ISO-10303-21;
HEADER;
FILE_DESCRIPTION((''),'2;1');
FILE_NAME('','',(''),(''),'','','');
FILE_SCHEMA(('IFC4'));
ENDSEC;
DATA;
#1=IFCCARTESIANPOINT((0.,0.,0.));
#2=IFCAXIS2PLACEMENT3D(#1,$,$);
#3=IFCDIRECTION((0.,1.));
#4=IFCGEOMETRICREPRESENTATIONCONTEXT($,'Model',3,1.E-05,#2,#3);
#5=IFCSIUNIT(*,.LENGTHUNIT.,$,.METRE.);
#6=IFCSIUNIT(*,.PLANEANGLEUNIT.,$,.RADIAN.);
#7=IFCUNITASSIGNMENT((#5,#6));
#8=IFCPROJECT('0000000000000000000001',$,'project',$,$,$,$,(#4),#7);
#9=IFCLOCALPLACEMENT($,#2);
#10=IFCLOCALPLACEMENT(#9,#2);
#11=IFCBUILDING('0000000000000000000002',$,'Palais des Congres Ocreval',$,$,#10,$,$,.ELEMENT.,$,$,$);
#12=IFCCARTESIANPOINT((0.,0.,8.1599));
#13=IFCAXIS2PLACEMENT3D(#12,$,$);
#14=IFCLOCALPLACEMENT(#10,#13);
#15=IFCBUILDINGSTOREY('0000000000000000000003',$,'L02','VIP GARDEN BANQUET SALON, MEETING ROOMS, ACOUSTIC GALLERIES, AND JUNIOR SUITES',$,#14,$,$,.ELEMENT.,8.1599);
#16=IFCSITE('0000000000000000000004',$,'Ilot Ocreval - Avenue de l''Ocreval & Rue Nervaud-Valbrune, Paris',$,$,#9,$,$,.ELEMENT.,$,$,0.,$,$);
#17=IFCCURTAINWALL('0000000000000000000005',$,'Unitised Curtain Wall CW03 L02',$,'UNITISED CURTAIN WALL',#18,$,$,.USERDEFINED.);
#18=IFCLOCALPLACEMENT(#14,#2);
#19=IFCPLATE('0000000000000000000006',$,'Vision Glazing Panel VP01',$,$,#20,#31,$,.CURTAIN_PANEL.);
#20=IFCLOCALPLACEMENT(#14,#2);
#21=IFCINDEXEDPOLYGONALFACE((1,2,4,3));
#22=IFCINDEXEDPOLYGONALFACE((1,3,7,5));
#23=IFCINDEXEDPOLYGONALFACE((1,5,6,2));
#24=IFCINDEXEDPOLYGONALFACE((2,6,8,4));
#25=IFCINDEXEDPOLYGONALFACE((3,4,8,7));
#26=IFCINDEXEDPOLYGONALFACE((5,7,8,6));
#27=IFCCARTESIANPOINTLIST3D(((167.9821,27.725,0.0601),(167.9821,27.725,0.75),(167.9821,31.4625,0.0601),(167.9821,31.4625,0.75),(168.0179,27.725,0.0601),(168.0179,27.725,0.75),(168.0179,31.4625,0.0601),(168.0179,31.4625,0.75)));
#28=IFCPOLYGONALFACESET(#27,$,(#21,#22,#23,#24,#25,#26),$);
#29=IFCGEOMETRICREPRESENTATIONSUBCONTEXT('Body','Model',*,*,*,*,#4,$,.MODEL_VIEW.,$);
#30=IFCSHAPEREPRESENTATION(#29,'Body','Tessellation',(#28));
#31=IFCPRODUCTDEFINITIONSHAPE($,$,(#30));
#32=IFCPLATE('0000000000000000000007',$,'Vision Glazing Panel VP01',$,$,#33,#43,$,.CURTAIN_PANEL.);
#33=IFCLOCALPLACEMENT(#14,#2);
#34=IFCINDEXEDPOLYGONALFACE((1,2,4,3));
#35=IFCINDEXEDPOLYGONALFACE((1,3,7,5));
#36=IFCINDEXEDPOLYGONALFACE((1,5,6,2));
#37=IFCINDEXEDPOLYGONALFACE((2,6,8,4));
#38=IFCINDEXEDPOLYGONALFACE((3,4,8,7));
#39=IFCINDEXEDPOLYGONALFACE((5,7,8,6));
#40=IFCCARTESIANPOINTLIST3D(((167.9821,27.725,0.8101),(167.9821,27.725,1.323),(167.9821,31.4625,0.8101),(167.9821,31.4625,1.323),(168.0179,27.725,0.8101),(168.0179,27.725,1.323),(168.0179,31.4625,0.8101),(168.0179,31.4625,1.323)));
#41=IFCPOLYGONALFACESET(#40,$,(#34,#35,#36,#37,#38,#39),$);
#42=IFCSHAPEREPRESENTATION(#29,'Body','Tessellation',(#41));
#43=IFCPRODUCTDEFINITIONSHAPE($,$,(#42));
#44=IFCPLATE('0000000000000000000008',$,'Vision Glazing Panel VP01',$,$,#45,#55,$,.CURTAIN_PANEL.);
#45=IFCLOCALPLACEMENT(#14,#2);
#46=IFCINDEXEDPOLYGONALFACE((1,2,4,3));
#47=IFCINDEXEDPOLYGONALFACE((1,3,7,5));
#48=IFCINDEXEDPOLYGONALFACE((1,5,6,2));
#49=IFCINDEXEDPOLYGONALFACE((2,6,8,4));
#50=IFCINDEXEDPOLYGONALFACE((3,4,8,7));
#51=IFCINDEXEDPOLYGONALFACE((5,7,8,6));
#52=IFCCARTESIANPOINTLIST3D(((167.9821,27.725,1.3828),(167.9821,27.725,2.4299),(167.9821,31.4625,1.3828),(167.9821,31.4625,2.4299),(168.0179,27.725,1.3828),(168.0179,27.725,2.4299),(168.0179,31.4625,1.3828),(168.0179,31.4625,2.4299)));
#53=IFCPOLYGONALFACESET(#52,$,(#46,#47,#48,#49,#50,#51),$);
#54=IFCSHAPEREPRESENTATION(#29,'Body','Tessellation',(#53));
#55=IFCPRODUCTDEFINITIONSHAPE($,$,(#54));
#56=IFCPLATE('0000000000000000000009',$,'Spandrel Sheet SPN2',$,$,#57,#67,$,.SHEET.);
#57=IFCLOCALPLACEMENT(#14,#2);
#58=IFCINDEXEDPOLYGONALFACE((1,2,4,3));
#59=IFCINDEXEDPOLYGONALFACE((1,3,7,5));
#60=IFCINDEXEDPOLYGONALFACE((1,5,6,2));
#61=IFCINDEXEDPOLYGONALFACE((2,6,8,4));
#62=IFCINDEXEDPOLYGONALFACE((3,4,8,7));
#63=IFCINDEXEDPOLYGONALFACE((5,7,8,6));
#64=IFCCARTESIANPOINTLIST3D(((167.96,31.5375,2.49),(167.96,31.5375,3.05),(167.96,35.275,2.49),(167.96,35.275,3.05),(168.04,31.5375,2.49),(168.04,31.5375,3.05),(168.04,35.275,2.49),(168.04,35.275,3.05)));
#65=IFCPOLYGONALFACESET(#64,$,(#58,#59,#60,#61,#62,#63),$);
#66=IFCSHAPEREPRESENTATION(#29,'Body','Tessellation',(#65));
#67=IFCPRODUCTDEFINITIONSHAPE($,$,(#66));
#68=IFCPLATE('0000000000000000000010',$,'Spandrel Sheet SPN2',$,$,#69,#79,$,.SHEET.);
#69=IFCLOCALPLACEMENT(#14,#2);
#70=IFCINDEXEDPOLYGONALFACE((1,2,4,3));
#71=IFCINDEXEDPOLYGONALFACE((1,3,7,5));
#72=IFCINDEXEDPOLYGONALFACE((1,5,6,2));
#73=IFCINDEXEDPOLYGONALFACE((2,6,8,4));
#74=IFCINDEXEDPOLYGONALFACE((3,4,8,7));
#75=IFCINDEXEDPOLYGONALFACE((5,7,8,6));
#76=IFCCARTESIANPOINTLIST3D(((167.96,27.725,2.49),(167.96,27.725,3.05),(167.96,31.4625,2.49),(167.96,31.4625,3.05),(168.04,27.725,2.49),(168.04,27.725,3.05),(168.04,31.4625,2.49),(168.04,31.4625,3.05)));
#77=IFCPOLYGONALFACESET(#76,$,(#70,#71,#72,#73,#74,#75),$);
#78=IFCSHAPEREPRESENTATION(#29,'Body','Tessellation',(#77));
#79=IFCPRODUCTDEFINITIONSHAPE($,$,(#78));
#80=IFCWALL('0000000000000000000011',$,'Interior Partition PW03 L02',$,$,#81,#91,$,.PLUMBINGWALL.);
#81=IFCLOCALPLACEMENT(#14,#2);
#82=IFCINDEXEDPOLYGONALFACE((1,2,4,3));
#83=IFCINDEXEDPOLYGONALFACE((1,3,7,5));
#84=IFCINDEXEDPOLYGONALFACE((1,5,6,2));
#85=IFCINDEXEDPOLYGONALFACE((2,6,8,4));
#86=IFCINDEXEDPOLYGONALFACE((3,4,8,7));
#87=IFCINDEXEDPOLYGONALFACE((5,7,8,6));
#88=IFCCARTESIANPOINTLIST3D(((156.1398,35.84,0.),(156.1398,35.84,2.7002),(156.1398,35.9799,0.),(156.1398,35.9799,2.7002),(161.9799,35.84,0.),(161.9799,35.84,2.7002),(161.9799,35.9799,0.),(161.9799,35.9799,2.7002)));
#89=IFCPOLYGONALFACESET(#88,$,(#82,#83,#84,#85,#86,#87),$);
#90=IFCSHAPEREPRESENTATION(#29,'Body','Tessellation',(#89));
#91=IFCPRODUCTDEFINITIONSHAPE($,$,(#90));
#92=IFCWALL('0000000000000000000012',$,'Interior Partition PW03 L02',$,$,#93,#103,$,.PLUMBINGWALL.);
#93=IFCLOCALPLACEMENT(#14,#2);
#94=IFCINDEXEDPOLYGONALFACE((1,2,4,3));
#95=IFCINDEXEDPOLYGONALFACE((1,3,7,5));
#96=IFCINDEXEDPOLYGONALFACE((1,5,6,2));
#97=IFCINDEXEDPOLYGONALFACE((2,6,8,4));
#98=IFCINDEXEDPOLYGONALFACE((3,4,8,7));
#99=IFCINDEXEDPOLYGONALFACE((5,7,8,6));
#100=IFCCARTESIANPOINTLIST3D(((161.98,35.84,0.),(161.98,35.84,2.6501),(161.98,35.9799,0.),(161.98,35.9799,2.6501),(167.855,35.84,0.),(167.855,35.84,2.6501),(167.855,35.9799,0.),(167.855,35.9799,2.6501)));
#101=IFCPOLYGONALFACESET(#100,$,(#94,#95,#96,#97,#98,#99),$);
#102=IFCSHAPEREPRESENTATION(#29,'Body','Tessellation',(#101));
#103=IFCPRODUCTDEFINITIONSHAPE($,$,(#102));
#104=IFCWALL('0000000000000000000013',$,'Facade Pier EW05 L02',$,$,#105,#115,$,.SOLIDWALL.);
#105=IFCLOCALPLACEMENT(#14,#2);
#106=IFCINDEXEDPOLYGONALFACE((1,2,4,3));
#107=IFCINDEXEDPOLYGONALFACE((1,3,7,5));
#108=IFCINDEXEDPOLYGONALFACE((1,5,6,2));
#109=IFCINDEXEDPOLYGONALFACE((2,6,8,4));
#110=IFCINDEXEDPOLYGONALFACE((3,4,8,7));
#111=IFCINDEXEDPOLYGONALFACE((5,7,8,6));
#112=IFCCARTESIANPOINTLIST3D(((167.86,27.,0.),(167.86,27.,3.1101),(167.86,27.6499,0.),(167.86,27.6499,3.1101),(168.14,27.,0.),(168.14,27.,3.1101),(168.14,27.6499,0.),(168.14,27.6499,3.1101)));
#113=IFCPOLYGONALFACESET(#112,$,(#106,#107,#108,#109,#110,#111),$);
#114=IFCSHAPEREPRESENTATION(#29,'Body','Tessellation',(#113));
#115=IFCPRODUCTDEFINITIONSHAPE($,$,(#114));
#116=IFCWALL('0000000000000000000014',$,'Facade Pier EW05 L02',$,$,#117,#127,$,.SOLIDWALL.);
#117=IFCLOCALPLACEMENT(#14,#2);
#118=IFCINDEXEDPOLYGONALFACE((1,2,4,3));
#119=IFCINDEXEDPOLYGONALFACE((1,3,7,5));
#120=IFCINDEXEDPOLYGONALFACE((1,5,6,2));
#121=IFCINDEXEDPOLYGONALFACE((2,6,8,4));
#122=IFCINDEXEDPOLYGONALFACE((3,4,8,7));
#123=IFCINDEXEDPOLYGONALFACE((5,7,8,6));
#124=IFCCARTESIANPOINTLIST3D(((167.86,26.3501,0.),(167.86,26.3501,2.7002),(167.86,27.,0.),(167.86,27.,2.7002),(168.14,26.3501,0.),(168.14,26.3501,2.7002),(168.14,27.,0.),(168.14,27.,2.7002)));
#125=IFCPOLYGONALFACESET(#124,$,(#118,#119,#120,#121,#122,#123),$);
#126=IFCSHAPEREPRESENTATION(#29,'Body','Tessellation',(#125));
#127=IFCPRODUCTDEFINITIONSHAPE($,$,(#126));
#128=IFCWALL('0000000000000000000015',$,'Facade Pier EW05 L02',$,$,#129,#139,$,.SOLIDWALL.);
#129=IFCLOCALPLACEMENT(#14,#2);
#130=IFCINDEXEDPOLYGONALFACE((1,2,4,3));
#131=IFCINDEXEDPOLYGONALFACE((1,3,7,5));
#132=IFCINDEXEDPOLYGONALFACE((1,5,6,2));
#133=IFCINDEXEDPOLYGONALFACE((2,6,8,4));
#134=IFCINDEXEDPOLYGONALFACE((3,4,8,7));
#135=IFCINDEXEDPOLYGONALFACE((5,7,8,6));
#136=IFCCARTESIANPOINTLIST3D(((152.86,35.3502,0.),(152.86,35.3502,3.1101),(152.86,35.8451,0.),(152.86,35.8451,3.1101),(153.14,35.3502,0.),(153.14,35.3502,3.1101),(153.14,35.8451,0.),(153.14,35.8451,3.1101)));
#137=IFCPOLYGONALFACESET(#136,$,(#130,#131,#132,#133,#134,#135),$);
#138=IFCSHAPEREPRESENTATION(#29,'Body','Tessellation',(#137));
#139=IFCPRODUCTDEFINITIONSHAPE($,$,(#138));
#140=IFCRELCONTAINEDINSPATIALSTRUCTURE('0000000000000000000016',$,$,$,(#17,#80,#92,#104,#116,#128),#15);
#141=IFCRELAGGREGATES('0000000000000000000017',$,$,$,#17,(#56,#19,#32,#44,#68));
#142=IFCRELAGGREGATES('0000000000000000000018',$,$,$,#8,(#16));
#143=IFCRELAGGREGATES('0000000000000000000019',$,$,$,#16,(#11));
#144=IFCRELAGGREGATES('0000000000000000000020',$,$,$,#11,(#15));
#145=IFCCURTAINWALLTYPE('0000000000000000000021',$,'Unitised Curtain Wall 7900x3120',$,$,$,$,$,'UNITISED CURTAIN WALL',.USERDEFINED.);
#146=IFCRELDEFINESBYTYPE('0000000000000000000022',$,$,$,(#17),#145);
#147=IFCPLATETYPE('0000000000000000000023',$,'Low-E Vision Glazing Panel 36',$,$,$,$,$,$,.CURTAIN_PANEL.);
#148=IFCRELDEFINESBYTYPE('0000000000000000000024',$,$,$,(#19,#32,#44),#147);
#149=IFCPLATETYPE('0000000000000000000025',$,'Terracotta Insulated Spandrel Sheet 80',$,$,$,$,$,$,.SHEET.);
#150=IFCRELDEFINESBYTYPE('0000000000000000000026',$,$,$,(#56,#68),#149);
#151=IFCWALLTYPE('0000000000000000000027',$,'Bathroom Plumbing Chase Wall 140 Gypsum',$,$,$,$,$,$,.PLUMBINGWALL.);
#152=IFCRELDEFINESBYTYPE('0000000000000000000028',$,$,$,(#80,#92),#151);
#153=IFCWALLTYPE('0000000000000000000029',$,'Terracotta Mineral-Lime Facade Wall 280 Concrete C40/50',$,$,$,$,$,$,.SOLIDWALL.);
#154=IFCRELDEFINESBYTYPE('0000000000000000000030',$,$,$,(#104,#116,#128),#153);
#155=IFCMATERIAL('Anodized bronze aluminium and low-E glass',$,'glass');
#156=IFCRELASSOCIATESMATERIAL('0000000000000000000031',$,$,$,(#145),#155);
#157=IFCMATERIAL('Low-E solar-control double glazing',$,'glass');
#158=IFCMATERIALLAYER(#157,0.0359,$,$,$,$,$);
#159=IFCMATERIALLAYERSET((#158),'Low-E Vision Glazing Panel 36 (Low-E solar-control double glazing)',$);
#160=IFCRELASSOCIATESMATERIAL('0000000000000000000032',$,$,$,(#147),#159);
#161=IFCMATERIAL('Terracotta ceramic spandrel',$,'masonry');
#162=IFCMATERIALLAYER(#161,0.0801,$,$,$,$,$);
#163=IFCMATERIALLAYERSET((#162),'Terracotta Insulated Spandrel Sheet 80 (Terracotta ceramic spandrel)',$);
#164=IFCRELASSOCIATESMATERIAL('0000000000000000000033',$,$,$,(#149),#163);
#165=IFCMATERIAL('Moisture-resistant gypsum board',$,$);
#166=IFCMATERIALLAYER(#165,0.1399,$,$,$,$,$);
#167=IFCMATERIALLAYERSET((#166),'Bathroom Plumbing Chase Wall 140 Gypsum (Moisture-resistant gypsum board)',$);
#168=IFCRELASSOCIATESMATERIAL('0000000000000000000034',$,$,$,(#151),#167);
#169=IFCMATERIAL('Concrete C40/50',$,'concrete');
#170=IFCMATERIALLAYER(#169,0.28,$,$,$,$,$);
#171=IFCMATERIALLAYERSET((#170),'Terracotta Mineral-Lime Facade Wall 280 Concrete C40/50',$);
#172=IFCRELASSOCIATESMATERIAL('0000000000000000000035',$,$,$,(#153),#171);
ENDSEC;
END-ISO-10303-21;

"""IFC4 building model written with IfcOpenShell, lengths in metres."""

from ifc_helpers import new_model, si_unit, direction, frame, frame_2d, origin, origin_2d, place, context, subcontext, project, spatial, rectangle, extrude, material, layer, layer_set, type_object, element, aggregate, save


model = new_model("IFC4")

# Units and contexts
model_context = context("Model", 3, precision=1e-05, world=origin(), true_north=direction((0.0, 1.0)))
body_context = subcontext(model_context, "Body", "Model", "MODEL_VIEW")
ifc_project = project(units=[si_unit("LENGTHUNIT", "METRE"), si_unit("PLANEANGLEUNIT", "RADIAN")], contexts=[model_context])

# Site, building, storey
site_placement = place(None, origin())
site = spatial("IfcSite", under=ifc_project, at=site_placement, Name="Ilot Ocreval - Avenue de l'Ocreval & Rue Nervaud-Valbrune, Paris", CompositionType="ELEMENT", RefElevation=0.0)
building_placement = place(site_placement, origin())
building = spatial("IfcBuilding", under=site, at=building_placement, Name="Palais des Congres Ocreval", CompositionType="ELEMENT")
storey_placement = place(building_placement, frame((0.0, 0.0, 8.1599)))
storey = spatial("IfcBuildingStorey", under=building, at=storey_placement, Name="L02", Description="VIP GARDEN BANQUET SALON, MEETING ROOMS, ACOUSTIC GALLERIES, AND JUNIOR SUITES", CompositionType="ELEMENT", Elevation=8.1599)

# Curtain wall
ifc_material_1 = material(Name="Anodized bronze aluminium and low-E glass", Category="glass")
curtain_wall_type = type_object("IfcCurtainWallType", Name="Unitised Curtain Wall 7900x3120", ElementType="UNITISED CURTAIN WALL", PredefinedType="USERDEFINED", material=ifc_material_1)
curtain_wall_1_placement = place(storey_placement, origin())
curtain_wall_1 = element("IfcCurtainWall", 1, at=curtain_wall_1_placement, inside=storey, type_object=curtain_wall_type, Name="Unitised Curtain Wall CW03 L02", ObjectType="UNITISED CURTAIN WALL", PredefinedType="USERDEFINED")

# Plates
ifc_material_2 = material(Name="Low-E solar-control double glazing", Category="glass")
ifc_layer_1 = layer(ifc_material_2, 0.0359)
ifc_layer_set_1 = layer_set([ifc_layer_1], Name="Low-E Vision Glazing Panel 36 (Low-E solar-control double glazing)")
plate_type_1 = type_object("IfcPlateType", Name="Low-E Vision Glazing Panel 36", PredefinedType="CURTAIN_PANEL", material=ifc_layer_set_1)
plate_1_placement = place(storey_placement, frame((168.0, 29.5938, 0.0601), z_axis=(0.0, 0.0, 1.0), x_axis=(0.0, -1.0, 0.0)))
plate_1 = element("IfcPlate", 2, at=plate_1_placement, type_object=plate_type_1, Name="Vision Glazing Panel VP01", PredefinedType="CURTAIN_PANEL", context=body_context, shape_type="SweptSolid", body=[
    extrude(rectangle(XDim=3.7375, YDim=0.0359, at=origin_2d()), origin(), (0.0, 0.0, 1.0), 0.6899),
])
plate_2_placement = place(storey_placement, frame((168.0, 29.5938, 0.8101), z_axis=(0.0, 0.0, 1.0), x_axis=(0.0, -1.0, 0.0)))
plate_2 = element("IfcPlate", 3, at=plate_2_placement, type_object=plate_type_1, Name="Vision Glazing Panel VP01", PredefinedType="CURTAIN_PANEL", context=body_context, shape_type="SweptSolid", body=[
    extrude(rectangle(XDim=3.7375, YDim=0.0359, at=origin_2d()), origin(), (0.0, 0.0, 1.0), 0.5129),
])
plate_3_placement = place(storey_placement, frame((168.0, 29.5938, 1.3828), z_axis=(0.0, 0.0, 1.0), x_axis=(0.0, -1.0, 0.0)))
plate_3 = element("IfcPlate", 4, at=plate_3_placement, type_object=plate_type_1, Name="Vision Glazing Panel VP01", PredefinedType="CURTAIN_PANEL", context=body_context, shape_type="SweptSolid", body=[
    extrude(rectangle(XDim=3.7375, YDim=0.0359, at=origin_2d()), origin(), (0.0, 0.0, 1.0), 1.0471),
])
ifc_material_3 = material(Name="Terracotta ceramic spandrel", Category="masonry")
ifc_layer_2 = layer(ifc_material_3, 0.0801)
ifc_layer_set_2 = layer_set([ifc_layer_2], Name="Terracotta Insulated Spandrel Sheet 80 (Terracotta ceramic spandrel)")
plate_type_2 = type_object("IfcPlateType", Name="Terracotta Insulated Spandrel Sheet 80", PredefinedType="SHEET", material=ifc_layer_set_2)
plate_4_placement = place(storey_placement, frame((168.0, 33.4062, 2.49), z_axis=(0.0, 0.0, 1.0), x_axis=(0.0, -1.0, 0.0)))
plate_4 = element("IfcPlate", 5, at=plate_4_placement, type_object=plate_type_2, Name="Spandrel Sheet SPN2", PredefinedType="SHEET", context=body_context, shape_type="SweptSolid", body=[
    extrude(rectangle(XDim=3.7375, YDim=0.0801, at=origin_2d()), origin(), (0.0, 0.0, 1.0), 0.5601),
])
plate_5_placement = place(storey_placement, frame((168.0, 29.5938, 2.49), z_axis=(0.0, 0.0, 1.0), x_axis=(0.0, -1.0, 0.0)))
plate_5 = element("IfcPlate", 6, at=plate_5_placement, type_object=plate_type_2, Name="Spandrel Sheet SPN2", PredefinedType="SHEET", context=body_context, shape_type="SweptSolid", body=[
    extrude(rectangle(XDim=3.7375, YDim=0.0801, at=origin_2d()), origin(), (0.0, 0.0, 1.0), 0.5601),
])
aggregate(curtain_wall_1, [plate_4, plate_1, plate_2, plate_3, plate_5])

# Walls
ifc_material_4 = material(Name="Moisture-resistant gypsum board")
ifc_layer_3 = layer(ifc_material_4, 0.1399)
ifc_layer_set_3 = layer_set([ifc_layer_3], Name="Bathroom Plumbing Chase Wall 140 Gypsum (Moisture-resistant gypsum board)")
wall_type_1 = type_object("IfcWallType", Name="Bathroom Plumbing Chase Wall 140 Gypsum", PredefinedType="PLUMBINGWALL", material=ifc_layer_set_3)
wall_1_placement = place(storey_placement, frame((156.1399, 35.9099, 0.0), z_axis=(0.0, 0.0, 1.0), x_axis=(1.0, 0.0, 0.0)))
element("IfcWall", 7, at=wall_1_placement, inside=storey, type_object=wall_type_1, Name="Interior Partition PW03 L02", PredefinedType="PLUMBINGWALL", context=body_context, shape_type="SweptSolid", body=[
    extrude(rectangle(XDim=5.8401, YDim=0.1399, at=frame_2d((2.9199, 0.0))), origin(), (0.0, 0.0, 1.0), 2.7002),
])
wall_2_placement = place(storey_placement, frame((161.98, 35.9099, 0.0), z_axis=(0.0, 0.0, 1.0), x_axis=(1.0, 0.0, 0.0)))
element("IfcWall", 8, at=wall_2_placement, inside=storey, type_object=wall_type_1, Name="Interior Partition PW03 L02", PredefinedType="PLUMBINGWALL", context=body_context, shape_type="SweptSolid", body=[
    extrude(rectangle(XDim=5.875, YDim=0.1399, at=frame_2d((2.9375, 0.0))), origin(), (0.0, 0.0, 1.0), 2.6501),
])
ifc_material_5 = material(Name="Concrete C40/50", Category="concrete")
ifc_layer_4 = layer(ifc_material_5, 0.28)
ifc_layer_set_4 = layer_set([ifc_layer_4], Name="Terracotta Mineral-Lime Facade Wall 280 Concrete C40/50")
wall_type_2 = type_object("IfcWallType", Name="Terracotta Mineral-Lime Facade Wall 280 Concrete C40/50", PredefinedType="SOLIDWALL", material=ifc_layer_set_4)
wall_3_placement = place(storey_placement, frame((168.0, 27.6499, 0.0), z_axis=(0.0, 0.0, 1.0), x_axis=(0.0, -1.0, 0.0)))
element("IfcWall", 9, at=wall_3_placement, inside=storey, type_object=wall_type_2, Name="Facade Pier EW05 L02", PredefinedType="SOLIDWALL", context=body_context, shape_type="SweptSolid", body=[
    extrude(rectangle(XDim=0.6499, YDim=0.28, at=frame_2d((0.325, 0.0))), origin(), (0.0, 0.0, 1.0), 3.1101),
])
wall_4_placement = place(storey_placement, frame((168.0, 27.0, 0.0), z_axis=(0.0, 0.0, 1.0), x_axis=(0.0, -1.0, 0.0)))
element("IfcWall", 10, at=wall_4_placement, inside=storey, type_object=wall_type_2, Name="Facade Pier EW05 L02", PredefinedType="SOLIDWALL", context=body_context, shape_type="SweptSolid", body=[
    extrude(rectangle(XDim=0.6499, YDim=0.28, at=frame_2d((0.325, 0.0))), origin(), (0.0, 0.0, 1.0), 2.7002),
])
wall_5_placement = place(storey_placement, frame((153.0, 35.3501, 0.0), z_axis=(0.0, 0.0, 1.0), x_axis=(0.0, 1.0, 0.0)))
element("IfcWall", 11, at=wall_5_placement, inside=storey, type_object=wall_type_2, Name="Facade Pier EW05 L02", PredefinedType="SOLIDWALL", context=body_context, shape_type="SweptSolid", body=[
    extrude(rectangle(XDim=0.4949, YDim=0.28, at=frame_2d((0.2476, 0.0))), origin(), (0.0, 0.0, 1.0), 3.1101),
])

save(model, "model.ifc")
